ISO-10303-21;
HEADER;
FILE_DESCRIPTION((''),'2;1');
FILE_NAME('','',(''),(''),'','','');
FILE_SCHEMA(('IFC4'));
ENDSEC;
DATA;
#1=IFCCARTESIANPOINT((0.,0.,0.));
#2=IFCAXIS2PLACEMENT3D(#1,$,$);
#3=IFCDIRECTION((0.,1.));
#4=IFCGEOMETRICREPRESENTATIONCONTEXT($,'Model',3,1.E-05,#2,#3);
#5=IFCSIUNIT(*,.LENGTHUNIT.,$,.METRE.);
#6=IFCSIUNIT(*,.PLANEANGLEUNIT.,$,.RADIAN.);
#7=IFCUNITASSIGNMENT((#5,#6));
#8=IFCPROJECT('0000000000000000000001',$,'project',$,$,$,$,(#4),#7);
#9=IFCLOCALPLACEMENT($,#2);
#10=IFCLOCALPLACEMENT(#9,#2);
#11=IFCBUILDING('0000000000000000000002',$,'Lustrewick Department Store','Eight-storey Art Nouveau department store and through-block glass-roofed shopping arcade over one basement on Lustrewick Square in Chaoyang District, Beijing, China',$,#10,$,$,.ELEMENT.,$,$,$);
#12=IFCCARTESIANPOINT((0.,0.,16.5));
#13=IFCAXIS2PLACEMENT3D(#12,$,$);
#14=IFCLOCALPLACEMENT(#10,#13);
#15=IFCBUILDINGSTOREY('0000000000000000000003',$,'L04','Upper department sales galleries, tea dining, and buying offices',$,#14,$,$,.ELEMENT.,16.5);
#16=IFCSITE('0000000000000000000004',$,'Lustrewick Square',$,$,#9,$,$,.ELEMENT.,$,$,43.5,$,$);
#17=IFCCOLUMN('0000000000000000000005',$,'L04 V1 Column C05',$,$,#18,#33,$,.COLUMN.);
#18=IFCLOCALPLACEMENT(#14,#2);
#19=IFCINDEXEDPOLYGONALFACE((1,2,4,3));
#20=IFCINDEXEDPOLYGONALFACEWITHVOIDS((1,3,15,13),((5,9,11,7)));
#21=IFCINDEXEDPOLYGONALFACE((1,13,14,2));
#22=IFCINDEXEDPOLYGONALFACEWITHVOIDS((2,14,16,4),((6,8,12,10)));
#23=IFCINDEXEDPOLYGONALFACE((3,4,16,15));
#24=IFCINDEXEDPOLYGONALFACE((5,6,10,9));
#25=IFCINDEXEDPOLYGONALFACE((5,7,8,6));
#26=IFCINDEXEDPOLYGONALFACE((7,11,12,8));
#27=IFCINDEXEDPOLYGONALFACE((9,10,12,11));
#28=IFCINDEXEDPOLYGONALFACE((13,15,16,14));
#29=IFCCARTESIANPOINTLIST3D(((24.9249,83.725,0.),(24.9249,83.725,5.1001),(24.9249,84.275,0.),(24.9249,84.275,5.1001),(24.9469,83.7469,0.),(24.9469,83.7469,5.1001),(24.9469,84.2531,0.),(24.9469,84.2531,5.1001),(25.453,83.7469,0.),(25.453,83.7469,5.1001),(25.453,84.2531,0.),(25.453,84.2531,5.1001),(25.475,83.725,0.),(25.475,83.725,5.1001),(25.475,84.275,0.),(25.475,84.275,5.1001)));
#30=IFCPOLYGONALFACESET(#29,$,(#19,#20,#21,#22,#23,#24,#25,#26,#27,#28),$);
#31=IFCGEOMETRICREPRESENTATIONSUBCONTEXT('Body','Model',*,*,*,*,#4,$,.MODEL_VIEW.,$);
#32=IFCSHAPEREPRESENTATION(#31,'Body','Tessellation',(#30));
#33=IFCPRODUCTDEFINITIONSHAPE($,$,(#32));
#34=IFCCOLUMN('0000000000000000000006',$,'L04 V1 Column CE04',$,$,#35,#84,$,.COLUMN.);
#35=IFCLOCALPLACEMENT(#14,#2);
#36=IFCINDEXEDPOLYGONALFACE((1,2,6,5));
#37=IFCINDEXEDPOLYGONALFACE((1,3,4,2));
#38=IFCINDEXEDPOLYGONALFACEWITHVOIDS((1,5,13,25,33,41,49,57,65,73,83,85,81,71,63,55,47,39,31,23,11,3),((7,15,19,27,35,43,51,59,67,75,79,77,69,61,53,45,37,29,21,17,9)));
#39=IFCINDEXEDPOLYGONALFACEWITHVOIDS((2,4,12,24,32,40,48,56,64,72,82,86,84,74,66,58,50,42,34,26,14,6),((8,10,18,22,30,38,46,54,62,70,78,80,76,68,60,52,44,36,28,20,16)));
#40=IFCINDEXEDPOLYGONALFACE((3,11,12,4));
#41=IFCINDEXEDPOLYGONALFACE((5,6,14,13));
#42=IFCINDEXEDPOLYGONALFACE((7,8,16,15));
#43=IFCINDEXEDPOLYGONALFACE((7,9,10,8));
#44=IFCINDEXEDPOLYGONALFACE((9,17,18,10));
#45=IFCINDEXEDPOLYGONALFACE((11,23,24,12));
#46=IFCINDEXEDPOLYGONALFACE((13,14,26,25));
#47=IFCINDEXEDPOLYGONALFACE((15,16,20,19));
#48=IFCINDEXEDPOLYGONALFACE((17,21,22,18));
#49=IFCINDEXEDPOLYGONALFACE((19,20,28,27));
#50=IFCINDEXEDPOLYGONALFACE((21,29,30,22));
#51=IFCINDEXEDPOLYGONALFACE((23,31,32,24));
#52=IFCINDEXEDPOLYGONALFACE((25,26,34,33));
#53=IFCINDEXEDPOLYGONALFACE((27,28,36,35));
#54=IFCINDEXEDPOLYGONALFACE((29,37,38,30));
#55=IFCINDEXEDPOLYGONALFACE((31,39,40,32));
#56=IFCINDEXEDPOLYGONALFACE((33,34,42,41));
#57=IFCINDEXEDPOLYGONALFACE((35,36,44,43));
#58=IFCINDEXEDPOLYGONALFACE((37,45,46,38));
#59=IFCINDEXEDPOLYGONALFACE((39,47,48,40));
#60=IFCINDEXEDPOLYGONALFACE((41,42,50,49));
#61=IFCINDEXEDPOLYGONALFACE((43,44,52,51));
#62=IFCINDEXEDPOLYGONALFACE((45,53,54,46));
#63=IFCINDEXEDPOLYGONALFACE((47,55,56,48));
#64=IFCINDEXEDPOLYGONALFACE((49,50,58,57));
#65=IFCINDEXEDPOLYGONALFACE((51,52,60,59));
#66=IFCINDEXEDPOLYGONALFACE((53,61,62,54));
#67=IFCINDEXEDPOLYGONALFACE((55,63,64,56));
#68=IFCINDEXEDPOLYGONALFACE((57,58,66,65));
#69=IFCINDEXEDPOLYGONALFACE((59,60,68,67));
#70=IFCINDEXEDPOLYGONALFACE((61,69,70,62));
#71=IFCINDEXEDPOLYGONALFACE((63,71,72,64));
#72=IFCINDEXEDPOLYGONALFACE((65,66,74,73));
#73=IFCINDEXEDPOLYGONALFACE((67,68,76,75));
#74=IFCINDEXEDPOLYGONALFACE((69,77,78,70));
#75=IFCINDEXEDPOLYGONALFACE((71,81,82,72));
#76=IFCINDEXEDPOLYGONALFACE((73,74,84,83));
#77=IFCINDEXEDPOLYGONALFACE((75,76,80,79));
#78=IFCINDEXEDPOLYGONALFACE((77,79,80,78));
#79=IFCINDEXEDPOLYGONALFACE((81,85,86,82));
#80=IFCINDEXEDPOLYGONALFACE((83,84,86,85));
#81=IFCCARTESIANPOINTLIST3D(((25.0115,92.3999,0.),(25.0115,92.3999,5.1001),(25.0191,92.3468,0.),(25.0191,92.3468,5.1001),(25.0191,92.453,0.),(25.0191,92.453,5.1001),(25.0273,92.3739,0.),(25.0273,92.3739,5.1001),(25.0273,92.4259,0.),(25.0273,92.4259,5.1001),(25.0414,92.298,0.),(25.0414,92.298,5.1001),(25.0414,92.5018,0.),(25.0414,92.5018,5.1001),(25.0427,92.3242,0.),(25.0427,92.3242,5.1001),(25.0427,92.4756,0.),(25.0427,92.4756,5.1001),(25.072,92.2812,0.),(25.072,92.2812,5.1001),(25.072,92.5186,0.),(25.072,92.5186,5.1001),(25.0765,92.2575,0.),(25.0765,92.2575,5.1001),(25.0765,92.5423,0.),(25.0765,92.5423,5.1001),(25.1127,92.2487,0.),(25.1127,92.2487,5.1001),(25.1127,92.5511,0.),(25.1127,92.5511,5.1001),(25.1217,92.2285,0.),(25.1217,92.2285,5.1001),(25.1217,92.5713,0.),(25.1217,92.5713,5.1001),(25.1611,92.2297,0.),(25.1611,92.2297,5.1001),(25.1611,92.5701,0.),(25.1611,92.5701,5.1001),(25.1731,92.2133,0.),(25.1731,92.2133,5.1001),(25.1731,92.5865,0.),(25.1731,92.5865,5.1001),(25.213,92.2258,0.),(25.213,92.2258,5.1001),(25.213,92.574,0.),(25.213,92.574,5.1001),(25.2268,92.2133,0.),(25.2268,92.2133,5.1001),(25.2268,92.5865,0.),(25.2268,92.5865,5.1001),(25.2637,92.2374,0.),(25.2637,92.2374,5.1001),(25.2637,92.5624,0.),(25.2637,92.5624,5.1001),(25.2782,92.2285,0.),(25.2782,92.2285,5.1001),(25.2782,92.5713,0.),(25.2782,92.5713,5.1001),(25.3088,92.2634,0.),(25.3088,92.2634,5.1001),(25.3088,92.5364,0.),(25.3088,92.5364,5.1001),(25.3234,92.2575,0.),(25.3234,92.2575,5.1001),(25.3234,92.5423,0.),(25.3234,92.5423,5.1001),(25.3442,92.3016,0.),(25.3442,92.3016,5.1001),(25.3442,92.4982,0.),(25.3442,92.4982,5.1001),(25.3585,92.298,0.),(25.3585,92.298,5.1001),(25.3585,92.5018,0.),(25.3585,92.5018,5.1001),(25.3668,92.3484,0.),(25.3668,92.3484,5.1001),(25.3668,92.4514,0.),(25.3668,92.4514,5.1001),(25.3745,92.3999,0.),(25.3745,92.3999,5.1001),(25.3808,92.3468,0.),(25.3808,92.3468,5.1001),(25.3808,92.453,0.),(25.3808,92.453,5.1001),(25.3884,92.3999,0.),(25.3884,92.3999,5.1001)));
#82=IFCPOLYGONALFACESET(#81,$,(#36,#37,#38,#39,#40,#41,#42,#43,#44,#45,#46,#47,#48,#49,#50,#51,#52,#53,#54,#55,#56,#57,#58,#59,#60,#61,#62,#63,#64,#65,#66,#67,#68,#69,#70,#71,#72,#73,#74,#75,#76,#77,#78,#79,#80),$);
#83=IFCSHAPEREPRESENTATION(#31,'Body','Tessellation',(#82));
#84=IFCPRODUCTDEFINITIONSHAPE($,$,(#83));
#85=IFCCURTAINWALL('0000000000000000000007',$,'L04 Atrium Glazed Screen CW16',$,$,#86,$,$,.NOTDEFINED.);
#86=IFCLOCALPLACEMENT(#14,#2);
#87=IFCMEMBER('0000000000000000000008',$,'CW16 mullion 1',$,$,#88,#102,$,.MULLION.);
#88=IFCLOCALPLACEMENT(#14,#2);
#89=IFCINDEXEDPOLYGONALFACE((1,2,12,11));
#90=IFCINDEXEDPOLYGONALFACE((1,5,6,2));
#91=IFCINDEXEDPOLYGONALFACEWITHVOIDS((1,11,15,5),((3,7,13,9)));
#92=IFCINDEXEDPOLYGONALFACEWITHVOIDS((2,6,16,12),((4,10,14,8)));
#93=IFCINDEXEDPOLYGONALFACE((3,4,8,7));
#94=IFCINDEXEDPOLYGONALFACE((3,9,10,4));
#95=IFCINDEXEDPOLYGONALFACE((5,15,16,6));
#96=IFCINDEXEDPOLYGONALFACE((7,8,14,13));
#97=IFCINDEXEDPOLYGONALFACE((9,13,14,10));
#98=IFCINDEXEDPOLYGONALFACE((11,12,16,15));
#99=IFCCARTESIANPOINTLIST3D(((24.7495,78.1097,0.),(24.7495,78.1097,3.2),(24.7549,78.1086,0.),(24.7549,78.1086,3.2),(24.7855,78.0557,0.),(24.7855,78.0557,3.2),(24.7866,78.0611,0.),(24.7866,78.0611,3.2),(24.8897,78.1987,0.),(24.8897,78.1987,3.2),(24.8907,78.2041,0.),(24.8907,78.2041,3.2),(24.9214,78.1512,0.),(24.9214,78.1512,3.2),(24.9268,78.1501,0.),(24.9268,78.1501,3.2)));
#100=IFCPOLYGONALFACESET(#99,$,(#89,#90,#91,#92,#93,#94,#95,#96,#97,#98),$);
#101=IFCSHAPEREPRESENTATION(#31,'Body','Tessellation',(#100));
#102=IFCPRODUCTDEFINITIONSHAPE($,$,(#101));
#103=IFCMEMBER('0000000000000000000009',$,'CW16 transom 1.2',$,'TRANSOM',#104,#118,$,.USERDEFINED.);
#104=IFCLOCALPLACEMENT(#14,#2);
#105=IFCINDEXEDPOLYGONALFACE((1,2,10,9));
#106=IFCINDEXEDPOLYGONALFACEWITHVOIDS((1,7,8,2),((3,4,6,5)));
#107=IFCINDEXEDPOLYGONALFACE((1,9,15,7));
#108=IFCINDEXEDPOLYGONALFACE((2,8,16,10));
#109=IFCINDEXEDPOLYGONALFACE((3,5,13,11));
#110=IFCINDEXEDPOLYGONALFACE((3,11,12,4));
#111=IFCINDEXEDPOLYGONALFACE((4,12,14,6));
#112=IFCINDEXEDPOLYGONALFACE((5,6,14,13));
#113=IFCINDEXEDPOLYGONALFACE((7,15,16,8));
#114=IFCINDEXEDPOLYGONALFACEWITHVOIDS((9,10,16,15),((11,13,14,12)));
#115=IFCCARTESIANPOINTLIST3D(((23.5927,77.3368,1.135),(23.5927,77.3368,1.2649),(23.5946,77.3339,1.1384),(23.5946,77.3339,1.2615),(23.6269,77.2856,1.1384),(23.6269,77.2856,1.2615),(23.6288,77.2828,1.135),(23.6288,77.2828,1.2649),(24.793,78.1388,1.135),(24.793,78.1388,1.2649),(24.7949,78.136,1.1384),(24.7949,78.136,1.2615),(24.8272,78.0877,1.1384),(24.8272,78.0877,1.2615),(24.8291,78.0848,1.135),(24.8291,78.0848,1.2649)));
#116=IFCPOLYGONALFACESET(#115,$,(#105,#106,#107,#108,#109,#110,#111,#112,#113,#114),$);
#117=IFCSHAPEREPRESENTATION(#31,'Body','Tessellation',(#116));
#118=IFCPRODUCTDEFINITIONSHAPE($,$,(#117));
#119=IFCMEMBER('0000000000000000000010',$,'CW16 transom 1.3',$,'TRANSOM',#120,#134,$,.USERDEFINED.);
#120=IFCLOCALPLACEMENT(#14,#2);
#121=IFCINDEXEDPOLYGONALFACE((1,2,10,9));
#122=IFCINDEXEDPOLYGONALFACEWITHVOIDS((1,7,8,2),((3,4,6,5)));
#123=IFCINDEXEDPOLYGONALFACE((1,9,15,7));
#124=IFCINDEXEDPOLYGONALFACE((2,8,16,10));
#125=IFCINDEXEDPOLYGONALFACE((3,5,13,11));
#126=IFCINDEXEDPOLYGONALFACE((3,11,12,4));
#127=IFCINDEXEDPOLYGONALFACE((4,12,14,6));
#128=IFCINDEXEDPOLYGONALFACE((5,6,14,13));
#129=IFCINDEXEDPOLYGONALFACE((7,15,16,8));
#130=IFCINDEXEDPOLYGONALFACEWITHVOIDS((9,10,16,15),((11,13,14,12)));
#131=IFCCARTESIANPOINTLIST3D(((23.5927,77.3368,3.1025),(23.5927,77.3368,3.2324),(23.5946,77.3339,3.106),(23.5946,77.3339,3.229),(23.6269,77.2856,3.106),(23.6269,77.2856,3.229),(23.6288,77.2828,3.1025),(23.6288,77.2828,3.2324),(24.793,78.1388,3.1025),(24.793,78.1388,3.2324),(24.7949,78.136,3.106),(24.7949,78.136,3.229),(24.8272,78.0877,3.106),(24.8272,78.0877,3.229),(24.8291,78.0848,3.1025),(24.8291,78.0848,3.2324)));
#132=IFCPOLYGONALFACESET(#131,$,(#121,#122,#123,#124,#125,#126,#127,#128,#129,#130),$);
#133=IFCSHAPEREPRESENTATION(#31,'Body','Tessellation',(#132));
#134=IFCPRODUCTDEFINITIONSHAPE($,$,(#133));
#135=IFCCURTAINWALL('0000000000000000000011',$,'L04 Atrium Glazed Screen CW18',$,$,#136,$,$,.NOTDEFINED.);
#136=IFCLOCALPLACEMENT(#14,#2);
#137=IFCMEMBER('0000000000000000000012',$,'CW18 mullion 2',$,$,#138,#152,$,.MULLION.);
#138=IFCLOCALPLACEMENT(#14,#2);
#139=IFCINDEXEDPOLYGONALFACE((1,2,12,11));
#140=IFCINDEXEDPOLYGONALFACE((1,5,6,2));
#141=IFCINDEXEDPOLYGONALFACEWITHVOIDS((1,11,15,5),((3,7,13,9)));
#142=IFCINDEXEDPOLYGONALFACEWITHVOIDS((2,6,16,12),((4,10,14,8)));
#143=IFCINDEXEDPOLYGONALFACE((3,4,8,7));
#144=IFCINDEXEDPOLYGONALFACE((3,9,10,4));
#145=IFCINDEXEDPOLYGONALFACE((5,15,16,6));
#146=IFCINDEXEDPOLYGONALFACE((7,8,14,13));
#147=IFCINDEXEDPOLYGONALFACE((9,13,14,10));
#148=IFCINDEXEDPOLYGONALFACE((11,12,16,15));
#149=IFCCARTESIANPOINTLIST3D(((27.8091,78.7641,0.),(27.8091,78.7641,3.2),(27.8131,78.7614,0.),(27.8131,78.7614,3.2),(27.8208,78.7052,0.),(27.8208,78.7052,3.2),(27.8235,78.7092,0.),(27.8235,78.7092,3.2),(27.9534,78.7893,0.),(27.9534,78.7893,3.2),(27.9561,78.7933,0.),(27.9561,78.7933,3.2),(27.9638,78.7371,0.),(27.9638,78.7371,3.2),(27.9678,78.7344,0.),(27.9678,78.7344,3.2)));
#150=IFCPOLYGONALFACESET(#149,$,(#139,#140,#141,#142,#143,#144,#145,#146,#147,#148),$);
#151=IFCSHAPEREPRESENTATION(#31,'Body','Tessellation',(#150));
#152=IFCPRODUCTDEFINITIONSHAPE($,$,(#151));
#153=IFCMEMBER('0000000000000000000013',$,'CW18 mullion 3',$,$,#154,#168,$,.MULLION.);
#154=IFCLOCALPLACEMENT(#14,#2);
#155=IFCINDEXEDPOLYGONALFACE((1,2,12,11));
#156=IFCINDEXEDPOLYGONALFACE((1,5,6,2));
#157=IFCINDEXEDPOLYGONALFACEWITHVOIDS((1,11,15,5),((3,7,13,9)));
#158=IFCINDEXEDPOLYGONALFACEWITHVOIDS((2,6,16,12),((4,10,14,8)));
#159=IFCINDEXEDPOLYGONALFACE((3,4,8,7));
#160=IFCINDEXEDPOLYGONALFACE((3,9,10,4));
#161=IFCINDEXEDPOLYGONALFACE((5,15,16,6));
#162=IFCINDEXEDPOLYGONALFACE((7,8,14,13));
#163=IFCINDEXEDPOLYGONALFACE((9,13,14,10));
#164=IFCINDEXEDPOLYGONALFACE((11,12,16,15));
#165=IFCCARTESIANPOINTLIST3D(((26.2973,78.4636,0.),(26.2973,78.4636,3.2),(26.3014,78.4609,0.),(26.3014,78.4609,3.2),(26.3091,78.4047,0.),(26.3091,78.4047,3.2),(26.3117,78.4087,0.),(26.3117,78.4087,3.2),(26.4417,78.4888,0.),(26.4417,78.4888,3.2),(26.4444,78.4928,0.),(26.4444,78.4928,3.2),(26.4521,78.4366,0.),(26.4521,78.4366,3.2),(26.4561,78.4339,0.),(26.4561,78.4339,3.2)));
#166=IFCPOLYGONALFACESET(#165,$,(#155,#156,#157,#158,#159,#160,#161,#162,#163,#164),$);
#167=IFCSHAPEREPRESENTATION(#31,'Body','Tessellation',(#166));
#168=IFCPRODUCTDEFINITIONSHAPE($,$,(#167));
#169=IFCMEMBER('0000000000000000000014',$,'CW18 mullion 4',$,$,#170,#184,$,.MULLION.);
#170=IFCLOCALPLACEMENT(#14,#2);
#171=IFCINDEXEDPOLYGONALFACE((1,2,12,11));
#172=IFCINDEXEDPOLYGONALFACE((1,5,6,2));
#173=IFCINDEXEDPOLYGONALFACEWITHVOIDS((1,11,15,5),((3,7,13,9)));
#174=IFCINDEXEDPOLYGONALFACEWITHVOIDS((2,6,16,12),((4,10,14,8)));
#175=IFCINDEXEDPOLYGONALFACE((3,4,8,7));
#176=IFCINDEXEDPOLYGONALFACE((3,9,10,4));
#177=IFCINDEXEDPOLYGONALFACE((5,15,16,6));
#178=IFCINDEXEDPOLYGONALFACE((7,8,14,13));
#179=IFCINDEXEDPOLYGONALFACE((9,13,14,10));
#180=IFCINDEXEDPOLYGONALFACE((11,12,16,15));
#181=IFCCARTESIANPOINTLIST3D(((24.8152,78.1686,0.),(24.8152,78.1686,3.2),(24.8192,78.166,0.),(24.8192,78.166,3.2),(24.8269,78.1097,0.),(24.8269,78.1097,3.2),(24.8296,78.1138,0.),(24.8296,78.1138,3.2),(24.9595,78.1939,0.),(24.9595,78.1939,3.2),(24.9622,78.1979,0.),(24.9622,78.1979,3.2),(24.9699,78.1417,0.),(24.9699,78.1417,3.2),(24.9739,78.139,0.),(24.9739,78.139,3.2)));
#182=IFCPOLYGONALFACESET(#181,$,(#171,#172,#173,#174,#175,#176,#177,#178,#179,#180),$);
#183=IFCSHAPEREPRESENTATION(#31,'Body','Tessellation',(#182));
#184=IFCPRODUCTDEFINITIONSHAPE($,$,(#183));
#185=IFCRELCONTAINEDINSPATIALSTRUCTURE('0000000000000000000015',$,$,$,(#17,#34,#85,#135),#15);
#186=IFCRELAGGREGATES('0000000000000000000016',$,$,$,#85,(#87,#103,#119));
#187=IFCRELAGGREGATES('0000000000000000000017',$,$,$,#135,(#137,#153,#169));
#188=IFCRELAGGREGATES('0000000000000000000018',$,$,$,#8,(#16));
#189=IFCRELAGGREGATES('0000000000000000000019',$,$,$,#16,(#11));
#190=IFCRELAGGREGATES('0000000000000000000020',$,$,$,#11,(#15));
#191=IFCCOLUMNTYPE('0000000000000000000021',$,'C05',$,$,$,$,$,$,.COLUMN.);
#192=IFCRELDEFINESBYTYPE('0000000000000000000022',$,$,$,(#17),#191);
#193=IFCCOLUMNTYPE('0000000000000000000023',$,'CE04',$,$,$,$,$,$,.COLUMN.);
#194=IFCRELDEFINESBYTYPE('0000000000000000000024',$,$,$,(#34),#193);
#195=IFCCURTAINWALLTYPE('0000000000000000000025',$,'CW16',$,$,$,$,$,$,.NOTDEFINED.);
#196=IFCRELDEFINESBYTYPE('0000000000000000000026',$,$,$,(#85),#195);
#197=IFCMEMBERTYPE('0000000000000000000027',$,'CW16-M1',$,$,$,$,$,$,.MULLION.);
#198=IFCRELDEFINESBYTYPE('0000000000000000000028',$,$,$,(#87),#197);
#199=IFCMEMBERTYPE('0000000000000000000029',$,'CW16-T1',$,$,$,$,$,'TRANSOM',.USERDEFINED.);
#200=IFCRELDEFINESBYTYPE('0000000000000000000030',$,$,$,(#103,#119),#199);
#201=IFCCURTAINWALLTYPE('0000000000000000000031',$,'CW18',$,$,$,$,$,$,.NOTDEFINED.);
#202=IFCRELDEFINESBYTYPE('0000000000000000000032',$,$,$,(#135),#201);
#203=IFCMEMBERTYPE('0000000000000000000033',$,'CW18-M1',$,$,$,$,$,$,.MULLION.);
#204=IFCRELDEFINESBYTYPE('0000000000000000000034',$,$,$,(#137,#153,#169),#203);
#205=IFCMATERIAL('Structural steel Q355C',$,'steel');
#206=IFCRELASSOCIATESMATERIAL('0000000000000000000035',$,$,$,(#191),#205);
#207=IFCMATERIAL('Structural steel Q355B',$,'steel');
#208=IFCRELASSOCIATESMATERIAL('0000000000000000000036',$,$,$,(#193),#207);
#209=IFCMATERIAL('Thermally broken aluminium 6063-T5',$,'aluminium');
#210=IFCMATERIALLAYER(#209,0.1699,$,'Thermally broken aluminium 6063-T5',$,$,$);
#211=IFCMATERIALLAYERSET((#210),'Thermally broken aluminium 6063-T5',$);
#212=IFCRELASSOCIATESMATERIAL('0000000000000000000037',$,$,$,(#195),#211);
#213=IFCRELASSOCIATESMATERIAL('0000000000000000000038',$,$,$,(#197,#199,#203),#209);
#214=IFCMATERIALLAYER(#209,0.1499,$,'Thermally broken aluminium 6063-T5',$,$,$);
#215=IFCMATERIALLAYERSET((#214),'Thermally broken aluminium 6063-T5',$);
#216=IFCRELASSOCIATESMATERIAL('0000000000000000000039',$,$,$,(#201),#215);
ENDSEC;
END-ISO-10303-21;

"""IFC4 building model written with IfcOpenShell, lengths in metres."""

from ifc_helpers import new_model, si_unit, direction, frame, origin, origin_2d, place, context, subcontext, project, spatial, hollow_rectangle, hollow_circle, extrude, material, layer, layer_set, material_profile, profile_set, type_object, element, aggregate, save


model = new_model("IFC4")

# Units and contexts
model_context = context("Model", 3, precision=1e-05, world=origin(), true_north=direction((0.0, 1.0)))
body_context = subcontext(model_context, "Body", "Model", "MODEL_VIEW")
ifc_project = project(units=[si_unit("LENGTHUNIT", "METRE"), si_unit("PLANEANGLEUNIT", "RADIAN")], contexts=[model_context])

# Site, building, storey
site_placement = place(None, origin())
site = spatial("IfcSite", under=ifc_project, at=site_placement, Name="Lustrewick Square", CompositionType="ELEMENT", RefElevation=43.5)
building_placement = place(site_placement, origin())
building = spatial("IfcBuilding", under=site, at=building_placement, Name="Lustrewick Department Store", Description="Eight-storey Art Nouveau department store and through-block glass-roofed shopping arcade over one basement on Lustrewick Square in Chaoyang District, Beijing, China", CompositionType="ELEMENT")
storey_placement = place(building_placement, frame((0.0, 0.0, 16.5)))
storey = spatial("IfcBuildingStorey", under=building, at=storey_placement, Name="L04", Description="Upper department sales galleries, tea dining, and buying offices", CompositionType="ELEMENT", Elevation=16.5)

# Columns
ifc_material_1 = material(Name="Structural steel Q355C", Category="steel")
ifc_material_profile_1 = material_profile(ifc_material_1, hollow_rectangle(XDim=0.55, YDim=0.55, WallThickness=0.022, at=origin_2d()), Name="BOX 550x550x22")
ifc_profile_set_1 = profile_set([ifc_material_profile_1], Name="Structural steel Q355C")
column_type_1 = type_object("IfcColumnType", Name="C05", PredefinedType="COLUMN", material=ifc_profile_set_1)
column_1_placement = place(storey_placement, frame((25.2, 84.0, 0.0), z_axis=(0.0, 0.0, 1.0), x_axis=(1.0, 0.0, 0.0)))
element("IfcColumn", 1, at=column_1_placement, inside=storey, type_object=column_type_1, Name="L04 V1 Column C05", PredefinedType="COLUMN", context=body_context, shape_type="SweptSolid", body=[
    extrude(hollow_rectangle(XDim=0.55, YDim=0.55, WallThickness=0.022, at=origin_2d()), origin(), (0.0, 0.0, 1.0), 5.1001),
])
ifc_material_2 = material(Name="Structural steel Q355B", Category="steel")
ifc_material_profile_2 = material_profile(ifc_material_2, hollow_circle(Radius=0.1885, WallThickness=0.0139, at=origin_2d()), Name="CHS 377x14")
ifc_profile_set_2 = profile_set([ifc_material_profile_2], Name="Structural steel Q355B")
column_type_2 = type_object("IfcColumnType", Name="CE04", PredefinedType="COLUMN", material=ifc_profile_set_2)
column_2_placement = place(storey_placement, frame((25.2, 92.3999, 0.0), z_axis=(0.0, 0.0, 1.0), x_axis=(1.0, 0.0, 0.0)))
element("IfcColumn", 2, at=column_2_placement, inside=storey, type_object=column_type_2, Name="L04 V1 Column CE04", PredefinedType="COLUMN", context=body_context, shape_type="SweptSolid", body=[
    extrude(hollow_circle(Radius=0.1885, WallThickness=0.0139, at=origin_2d()), origin(), (0.0, 0.0, 1.0), 5.1001),
])

# Curtain walls, members
ifc_material_3 = material(Name="Thermally broken aluminium 6063-T5", Category="aluminium")
ifc_layer_1 = layer(ifc_material_3, 0.1699, Name="Thermally broken aluminium 6063-T5")
ifc_layer_set_1 = layer_set([ifc_layer_1], Name="Thermally broken aluminium 6063-T5")
curtain_wall_type_1 = type_object("IfcCurtainWallType", Name="CW16", PredefinedType="NOTDEFINED", material=ifc_layer_set_1)
curtain_wall_1_placement = place(storey_placement, origin())
curtain_wall_1 = element("IfcCurtainWall", 3, at=curtain_wall_1_placement, inside=storey, type_object=curtain_wall_type_1, Name="L04 Atrium Glazed Screen CW16", PredefinedType="NOTDEFINED")
ifc_material_profile_3 = material_profile(ifc_material_3, hollow_rectangle(XDim=0.0649, YDim=0.1699, WallThickness=0.0039, at=origin_2d()), Name="ALU-M 65x170x4")
ifc_profile_set_3 = profile_set([ifc_material_profile_3], Name="Thermally broken aluminium 6063-T5")
member_type_1 = type_object("IfcMemberType", Name="CW16-M1", PredefinedType="MULLION", material=ifc_profile_set_3)
member_1_placement = place(storey_placement, frame((24.8381, 78.1299, 0.0), z_axis=(0.0, 0.0, 1.0), x_axis=(0.555578, -0.831464, 0.0)))
member_1 = element("IfcMember", 4, at=member_1_placement, type_object=member_type_1, Name="CW16 mullion 1", PredefinedType="MULLION", context=body_context, shape_type="SweptSolid", body=[
    extrude(hollow_rectangle(XDim=0.0649, YDim=0.1699, WallThickness=0.0039, at=origin_2d()), origin(), (0.0, 0.0, 1.0), 3.2),
])
ifc_material_profile_4 = material_profile(ifc_material_3, hollow_rectangle(XDim=0.0649, YDim=0.1299, WallThickness=0.0034, at=origin_2d()), Name="ALU-T 65x130x3.5")
ifc_profile_set_4 = profile_set([ifc_material_profile_4], Name="Thermally broken aluminium 6063-T5")
member_type_2 = type_object("IfcMemberType", Name="CW16-T1", ElementType="TRANSOM", PredefinedType="USERDEFINED", material=ifc_profile_set_4)
member_2_placement = place(storey_placement, frame((24.811, 78.1118, 1.2), z_axis=(-0.831451, -0.555598, 0.0), x_axis=(0.555598, -0.831451, 0.0)))
member_2 = element("IfcMember", 5, at=member_2_placement, type_object=member_type_2, Name="CW16 transom 1.2", ObjectType="TRANSOM", PredefinedType="USERDEFINED", context=body_context, shape_type="SweptSolid", body=[
    extrude(hollow_rectangle(XDim=0.0649, YDim=0.1299, WallThickness=0.0034, at=origin_2d()), origin(), (0.0, 0.0, 1.0), 1.4436),
])
member_3_placement = place(storey_placement, frame((24.811, 78.1118, 3.1675), z_axis=(-0.831451, -0.555598, 0.0), x_axis=(0.555598, -0.831451, 0.0)))
member_3 = element("IfcMember", 6, at=member_3_placement, type_object=member_type_2, Name="CW16 transom 1.3", ObjectType="TRANSOM", PredefinedType="USERDEFINED", context=body_context, shape_type="SweptSolid", body=[
    extrude(hollow_rectangle(XDim=0.0649, YDim=0.1299, WallThickness=0.0034, at=origin_2d()), origin(), (0.0, 0.0, 1.0), 1.4436),
])
aggregate(curtain_wall_1, [member_1, member_2, member_3])
ifc_layer_2 = layer(ifc_material_3, 0.1499, Name="Thermally broken aluminium 6063-T5")
ifc_layer_set_2 = layer_set([ifc_layer_2], Name="Thermally broken aluminium 6063-T5")
curtain_wall_type_2 = type_object("IfcCurtainWallType", Name="CW18", PredefinedType="NOTDEFINED", material=ifc_layer_set_2)
curtain_wall_2_placement = place(storey_placement, origin())
curtain_wall_2 = element("IfcCurtainWall", 7, at=curtain_wall_2_placement, inside=storey, type_object=curtain_wall_type_2, Name="L04 Atrium Glazed Screen CW18", PredefinedType="NOTDEFINED")
ifc_material_profile_5 = material_profile(ifc_material_3, hollow_rectangle(XDim=0.0601, YDim=0.1499, WallThickness=0.0034, at=origin_2d()), Name="ALU-M 60x150x3.5")
ifc_profile_set_5 = profile_set([ifc_material_profile_5], Name="Thermally broken aluminium 6063-T5")
member_type_3 = type_object("IfcMemberType", Name="CW18-M1", PredefinedType="MULLION", material=ifc_profile_set_5)
member_4_placement = place(storey_placement, frame((27.8884, 78.7493, 0.0), z_axis=(0.0, 0.0, 1.0), x_axis=(0.195085, -0.980786, 0.0)))
member_4 = element("IfcMember", 8, at=member_4_placement, type_object=member_type_3, Name="CW18 mullion 2", PredefinedType="MULLION", context=body_context, shape_type="SweptSolid", body=[
    extrude(hollow_rectangle(XDim=0.0601, YDim=0.1499, WallThickness=0.0034, at=origin_2d()), origin(), (0.0, 0.0, 1.0), 3.2),
])
member_5_placement = place(storey_placement, frame((26.3767, 78.4487, 0.0), z_axis=(0.0, 0.0, 1.0), x_axis=(0.195085, -0.980786, 0.0)))
member_5 = element("IfcMember", 9, at=member_5_placement, type_object=member_type_3, Name="CW18 mullion 3", PredefinedType="MULLION", context=body_context, shape_type="SweptSolid", body=[
    extrude(hollow_rectangle(XDim=0.0601, YDim=0.1499, WallThickness=0.0034, at=origin_2d()), origin(), (0.0, 0.0, 1.0), 3.2),
])
member_6_placement = place(storey_placement, frame((24.8945, 78.1538, 0.0), z_axis=(0.0, 0.0, 1.0), x_axis=(0.195085, -0.980786, 0.0)))
member_6 = element("IfcMember", 10, at=member_6_placement, type_object=member_type_3, Name="CW18 mullion 4", PredefinedType="MULLION", context=body_context, shape_type="SweptSolid", body=[
    extrude(hollow_rectangle(XDim=0.0601, YDim=0.1499, WallThickness=0.0034, at=origin_2d()), origin(), (0.0, 0.0, 1.0), 3.2),
])

aggregate(curtain_wall_2, [member_4, member_5, member_6])

save(model, "model.ifc")
